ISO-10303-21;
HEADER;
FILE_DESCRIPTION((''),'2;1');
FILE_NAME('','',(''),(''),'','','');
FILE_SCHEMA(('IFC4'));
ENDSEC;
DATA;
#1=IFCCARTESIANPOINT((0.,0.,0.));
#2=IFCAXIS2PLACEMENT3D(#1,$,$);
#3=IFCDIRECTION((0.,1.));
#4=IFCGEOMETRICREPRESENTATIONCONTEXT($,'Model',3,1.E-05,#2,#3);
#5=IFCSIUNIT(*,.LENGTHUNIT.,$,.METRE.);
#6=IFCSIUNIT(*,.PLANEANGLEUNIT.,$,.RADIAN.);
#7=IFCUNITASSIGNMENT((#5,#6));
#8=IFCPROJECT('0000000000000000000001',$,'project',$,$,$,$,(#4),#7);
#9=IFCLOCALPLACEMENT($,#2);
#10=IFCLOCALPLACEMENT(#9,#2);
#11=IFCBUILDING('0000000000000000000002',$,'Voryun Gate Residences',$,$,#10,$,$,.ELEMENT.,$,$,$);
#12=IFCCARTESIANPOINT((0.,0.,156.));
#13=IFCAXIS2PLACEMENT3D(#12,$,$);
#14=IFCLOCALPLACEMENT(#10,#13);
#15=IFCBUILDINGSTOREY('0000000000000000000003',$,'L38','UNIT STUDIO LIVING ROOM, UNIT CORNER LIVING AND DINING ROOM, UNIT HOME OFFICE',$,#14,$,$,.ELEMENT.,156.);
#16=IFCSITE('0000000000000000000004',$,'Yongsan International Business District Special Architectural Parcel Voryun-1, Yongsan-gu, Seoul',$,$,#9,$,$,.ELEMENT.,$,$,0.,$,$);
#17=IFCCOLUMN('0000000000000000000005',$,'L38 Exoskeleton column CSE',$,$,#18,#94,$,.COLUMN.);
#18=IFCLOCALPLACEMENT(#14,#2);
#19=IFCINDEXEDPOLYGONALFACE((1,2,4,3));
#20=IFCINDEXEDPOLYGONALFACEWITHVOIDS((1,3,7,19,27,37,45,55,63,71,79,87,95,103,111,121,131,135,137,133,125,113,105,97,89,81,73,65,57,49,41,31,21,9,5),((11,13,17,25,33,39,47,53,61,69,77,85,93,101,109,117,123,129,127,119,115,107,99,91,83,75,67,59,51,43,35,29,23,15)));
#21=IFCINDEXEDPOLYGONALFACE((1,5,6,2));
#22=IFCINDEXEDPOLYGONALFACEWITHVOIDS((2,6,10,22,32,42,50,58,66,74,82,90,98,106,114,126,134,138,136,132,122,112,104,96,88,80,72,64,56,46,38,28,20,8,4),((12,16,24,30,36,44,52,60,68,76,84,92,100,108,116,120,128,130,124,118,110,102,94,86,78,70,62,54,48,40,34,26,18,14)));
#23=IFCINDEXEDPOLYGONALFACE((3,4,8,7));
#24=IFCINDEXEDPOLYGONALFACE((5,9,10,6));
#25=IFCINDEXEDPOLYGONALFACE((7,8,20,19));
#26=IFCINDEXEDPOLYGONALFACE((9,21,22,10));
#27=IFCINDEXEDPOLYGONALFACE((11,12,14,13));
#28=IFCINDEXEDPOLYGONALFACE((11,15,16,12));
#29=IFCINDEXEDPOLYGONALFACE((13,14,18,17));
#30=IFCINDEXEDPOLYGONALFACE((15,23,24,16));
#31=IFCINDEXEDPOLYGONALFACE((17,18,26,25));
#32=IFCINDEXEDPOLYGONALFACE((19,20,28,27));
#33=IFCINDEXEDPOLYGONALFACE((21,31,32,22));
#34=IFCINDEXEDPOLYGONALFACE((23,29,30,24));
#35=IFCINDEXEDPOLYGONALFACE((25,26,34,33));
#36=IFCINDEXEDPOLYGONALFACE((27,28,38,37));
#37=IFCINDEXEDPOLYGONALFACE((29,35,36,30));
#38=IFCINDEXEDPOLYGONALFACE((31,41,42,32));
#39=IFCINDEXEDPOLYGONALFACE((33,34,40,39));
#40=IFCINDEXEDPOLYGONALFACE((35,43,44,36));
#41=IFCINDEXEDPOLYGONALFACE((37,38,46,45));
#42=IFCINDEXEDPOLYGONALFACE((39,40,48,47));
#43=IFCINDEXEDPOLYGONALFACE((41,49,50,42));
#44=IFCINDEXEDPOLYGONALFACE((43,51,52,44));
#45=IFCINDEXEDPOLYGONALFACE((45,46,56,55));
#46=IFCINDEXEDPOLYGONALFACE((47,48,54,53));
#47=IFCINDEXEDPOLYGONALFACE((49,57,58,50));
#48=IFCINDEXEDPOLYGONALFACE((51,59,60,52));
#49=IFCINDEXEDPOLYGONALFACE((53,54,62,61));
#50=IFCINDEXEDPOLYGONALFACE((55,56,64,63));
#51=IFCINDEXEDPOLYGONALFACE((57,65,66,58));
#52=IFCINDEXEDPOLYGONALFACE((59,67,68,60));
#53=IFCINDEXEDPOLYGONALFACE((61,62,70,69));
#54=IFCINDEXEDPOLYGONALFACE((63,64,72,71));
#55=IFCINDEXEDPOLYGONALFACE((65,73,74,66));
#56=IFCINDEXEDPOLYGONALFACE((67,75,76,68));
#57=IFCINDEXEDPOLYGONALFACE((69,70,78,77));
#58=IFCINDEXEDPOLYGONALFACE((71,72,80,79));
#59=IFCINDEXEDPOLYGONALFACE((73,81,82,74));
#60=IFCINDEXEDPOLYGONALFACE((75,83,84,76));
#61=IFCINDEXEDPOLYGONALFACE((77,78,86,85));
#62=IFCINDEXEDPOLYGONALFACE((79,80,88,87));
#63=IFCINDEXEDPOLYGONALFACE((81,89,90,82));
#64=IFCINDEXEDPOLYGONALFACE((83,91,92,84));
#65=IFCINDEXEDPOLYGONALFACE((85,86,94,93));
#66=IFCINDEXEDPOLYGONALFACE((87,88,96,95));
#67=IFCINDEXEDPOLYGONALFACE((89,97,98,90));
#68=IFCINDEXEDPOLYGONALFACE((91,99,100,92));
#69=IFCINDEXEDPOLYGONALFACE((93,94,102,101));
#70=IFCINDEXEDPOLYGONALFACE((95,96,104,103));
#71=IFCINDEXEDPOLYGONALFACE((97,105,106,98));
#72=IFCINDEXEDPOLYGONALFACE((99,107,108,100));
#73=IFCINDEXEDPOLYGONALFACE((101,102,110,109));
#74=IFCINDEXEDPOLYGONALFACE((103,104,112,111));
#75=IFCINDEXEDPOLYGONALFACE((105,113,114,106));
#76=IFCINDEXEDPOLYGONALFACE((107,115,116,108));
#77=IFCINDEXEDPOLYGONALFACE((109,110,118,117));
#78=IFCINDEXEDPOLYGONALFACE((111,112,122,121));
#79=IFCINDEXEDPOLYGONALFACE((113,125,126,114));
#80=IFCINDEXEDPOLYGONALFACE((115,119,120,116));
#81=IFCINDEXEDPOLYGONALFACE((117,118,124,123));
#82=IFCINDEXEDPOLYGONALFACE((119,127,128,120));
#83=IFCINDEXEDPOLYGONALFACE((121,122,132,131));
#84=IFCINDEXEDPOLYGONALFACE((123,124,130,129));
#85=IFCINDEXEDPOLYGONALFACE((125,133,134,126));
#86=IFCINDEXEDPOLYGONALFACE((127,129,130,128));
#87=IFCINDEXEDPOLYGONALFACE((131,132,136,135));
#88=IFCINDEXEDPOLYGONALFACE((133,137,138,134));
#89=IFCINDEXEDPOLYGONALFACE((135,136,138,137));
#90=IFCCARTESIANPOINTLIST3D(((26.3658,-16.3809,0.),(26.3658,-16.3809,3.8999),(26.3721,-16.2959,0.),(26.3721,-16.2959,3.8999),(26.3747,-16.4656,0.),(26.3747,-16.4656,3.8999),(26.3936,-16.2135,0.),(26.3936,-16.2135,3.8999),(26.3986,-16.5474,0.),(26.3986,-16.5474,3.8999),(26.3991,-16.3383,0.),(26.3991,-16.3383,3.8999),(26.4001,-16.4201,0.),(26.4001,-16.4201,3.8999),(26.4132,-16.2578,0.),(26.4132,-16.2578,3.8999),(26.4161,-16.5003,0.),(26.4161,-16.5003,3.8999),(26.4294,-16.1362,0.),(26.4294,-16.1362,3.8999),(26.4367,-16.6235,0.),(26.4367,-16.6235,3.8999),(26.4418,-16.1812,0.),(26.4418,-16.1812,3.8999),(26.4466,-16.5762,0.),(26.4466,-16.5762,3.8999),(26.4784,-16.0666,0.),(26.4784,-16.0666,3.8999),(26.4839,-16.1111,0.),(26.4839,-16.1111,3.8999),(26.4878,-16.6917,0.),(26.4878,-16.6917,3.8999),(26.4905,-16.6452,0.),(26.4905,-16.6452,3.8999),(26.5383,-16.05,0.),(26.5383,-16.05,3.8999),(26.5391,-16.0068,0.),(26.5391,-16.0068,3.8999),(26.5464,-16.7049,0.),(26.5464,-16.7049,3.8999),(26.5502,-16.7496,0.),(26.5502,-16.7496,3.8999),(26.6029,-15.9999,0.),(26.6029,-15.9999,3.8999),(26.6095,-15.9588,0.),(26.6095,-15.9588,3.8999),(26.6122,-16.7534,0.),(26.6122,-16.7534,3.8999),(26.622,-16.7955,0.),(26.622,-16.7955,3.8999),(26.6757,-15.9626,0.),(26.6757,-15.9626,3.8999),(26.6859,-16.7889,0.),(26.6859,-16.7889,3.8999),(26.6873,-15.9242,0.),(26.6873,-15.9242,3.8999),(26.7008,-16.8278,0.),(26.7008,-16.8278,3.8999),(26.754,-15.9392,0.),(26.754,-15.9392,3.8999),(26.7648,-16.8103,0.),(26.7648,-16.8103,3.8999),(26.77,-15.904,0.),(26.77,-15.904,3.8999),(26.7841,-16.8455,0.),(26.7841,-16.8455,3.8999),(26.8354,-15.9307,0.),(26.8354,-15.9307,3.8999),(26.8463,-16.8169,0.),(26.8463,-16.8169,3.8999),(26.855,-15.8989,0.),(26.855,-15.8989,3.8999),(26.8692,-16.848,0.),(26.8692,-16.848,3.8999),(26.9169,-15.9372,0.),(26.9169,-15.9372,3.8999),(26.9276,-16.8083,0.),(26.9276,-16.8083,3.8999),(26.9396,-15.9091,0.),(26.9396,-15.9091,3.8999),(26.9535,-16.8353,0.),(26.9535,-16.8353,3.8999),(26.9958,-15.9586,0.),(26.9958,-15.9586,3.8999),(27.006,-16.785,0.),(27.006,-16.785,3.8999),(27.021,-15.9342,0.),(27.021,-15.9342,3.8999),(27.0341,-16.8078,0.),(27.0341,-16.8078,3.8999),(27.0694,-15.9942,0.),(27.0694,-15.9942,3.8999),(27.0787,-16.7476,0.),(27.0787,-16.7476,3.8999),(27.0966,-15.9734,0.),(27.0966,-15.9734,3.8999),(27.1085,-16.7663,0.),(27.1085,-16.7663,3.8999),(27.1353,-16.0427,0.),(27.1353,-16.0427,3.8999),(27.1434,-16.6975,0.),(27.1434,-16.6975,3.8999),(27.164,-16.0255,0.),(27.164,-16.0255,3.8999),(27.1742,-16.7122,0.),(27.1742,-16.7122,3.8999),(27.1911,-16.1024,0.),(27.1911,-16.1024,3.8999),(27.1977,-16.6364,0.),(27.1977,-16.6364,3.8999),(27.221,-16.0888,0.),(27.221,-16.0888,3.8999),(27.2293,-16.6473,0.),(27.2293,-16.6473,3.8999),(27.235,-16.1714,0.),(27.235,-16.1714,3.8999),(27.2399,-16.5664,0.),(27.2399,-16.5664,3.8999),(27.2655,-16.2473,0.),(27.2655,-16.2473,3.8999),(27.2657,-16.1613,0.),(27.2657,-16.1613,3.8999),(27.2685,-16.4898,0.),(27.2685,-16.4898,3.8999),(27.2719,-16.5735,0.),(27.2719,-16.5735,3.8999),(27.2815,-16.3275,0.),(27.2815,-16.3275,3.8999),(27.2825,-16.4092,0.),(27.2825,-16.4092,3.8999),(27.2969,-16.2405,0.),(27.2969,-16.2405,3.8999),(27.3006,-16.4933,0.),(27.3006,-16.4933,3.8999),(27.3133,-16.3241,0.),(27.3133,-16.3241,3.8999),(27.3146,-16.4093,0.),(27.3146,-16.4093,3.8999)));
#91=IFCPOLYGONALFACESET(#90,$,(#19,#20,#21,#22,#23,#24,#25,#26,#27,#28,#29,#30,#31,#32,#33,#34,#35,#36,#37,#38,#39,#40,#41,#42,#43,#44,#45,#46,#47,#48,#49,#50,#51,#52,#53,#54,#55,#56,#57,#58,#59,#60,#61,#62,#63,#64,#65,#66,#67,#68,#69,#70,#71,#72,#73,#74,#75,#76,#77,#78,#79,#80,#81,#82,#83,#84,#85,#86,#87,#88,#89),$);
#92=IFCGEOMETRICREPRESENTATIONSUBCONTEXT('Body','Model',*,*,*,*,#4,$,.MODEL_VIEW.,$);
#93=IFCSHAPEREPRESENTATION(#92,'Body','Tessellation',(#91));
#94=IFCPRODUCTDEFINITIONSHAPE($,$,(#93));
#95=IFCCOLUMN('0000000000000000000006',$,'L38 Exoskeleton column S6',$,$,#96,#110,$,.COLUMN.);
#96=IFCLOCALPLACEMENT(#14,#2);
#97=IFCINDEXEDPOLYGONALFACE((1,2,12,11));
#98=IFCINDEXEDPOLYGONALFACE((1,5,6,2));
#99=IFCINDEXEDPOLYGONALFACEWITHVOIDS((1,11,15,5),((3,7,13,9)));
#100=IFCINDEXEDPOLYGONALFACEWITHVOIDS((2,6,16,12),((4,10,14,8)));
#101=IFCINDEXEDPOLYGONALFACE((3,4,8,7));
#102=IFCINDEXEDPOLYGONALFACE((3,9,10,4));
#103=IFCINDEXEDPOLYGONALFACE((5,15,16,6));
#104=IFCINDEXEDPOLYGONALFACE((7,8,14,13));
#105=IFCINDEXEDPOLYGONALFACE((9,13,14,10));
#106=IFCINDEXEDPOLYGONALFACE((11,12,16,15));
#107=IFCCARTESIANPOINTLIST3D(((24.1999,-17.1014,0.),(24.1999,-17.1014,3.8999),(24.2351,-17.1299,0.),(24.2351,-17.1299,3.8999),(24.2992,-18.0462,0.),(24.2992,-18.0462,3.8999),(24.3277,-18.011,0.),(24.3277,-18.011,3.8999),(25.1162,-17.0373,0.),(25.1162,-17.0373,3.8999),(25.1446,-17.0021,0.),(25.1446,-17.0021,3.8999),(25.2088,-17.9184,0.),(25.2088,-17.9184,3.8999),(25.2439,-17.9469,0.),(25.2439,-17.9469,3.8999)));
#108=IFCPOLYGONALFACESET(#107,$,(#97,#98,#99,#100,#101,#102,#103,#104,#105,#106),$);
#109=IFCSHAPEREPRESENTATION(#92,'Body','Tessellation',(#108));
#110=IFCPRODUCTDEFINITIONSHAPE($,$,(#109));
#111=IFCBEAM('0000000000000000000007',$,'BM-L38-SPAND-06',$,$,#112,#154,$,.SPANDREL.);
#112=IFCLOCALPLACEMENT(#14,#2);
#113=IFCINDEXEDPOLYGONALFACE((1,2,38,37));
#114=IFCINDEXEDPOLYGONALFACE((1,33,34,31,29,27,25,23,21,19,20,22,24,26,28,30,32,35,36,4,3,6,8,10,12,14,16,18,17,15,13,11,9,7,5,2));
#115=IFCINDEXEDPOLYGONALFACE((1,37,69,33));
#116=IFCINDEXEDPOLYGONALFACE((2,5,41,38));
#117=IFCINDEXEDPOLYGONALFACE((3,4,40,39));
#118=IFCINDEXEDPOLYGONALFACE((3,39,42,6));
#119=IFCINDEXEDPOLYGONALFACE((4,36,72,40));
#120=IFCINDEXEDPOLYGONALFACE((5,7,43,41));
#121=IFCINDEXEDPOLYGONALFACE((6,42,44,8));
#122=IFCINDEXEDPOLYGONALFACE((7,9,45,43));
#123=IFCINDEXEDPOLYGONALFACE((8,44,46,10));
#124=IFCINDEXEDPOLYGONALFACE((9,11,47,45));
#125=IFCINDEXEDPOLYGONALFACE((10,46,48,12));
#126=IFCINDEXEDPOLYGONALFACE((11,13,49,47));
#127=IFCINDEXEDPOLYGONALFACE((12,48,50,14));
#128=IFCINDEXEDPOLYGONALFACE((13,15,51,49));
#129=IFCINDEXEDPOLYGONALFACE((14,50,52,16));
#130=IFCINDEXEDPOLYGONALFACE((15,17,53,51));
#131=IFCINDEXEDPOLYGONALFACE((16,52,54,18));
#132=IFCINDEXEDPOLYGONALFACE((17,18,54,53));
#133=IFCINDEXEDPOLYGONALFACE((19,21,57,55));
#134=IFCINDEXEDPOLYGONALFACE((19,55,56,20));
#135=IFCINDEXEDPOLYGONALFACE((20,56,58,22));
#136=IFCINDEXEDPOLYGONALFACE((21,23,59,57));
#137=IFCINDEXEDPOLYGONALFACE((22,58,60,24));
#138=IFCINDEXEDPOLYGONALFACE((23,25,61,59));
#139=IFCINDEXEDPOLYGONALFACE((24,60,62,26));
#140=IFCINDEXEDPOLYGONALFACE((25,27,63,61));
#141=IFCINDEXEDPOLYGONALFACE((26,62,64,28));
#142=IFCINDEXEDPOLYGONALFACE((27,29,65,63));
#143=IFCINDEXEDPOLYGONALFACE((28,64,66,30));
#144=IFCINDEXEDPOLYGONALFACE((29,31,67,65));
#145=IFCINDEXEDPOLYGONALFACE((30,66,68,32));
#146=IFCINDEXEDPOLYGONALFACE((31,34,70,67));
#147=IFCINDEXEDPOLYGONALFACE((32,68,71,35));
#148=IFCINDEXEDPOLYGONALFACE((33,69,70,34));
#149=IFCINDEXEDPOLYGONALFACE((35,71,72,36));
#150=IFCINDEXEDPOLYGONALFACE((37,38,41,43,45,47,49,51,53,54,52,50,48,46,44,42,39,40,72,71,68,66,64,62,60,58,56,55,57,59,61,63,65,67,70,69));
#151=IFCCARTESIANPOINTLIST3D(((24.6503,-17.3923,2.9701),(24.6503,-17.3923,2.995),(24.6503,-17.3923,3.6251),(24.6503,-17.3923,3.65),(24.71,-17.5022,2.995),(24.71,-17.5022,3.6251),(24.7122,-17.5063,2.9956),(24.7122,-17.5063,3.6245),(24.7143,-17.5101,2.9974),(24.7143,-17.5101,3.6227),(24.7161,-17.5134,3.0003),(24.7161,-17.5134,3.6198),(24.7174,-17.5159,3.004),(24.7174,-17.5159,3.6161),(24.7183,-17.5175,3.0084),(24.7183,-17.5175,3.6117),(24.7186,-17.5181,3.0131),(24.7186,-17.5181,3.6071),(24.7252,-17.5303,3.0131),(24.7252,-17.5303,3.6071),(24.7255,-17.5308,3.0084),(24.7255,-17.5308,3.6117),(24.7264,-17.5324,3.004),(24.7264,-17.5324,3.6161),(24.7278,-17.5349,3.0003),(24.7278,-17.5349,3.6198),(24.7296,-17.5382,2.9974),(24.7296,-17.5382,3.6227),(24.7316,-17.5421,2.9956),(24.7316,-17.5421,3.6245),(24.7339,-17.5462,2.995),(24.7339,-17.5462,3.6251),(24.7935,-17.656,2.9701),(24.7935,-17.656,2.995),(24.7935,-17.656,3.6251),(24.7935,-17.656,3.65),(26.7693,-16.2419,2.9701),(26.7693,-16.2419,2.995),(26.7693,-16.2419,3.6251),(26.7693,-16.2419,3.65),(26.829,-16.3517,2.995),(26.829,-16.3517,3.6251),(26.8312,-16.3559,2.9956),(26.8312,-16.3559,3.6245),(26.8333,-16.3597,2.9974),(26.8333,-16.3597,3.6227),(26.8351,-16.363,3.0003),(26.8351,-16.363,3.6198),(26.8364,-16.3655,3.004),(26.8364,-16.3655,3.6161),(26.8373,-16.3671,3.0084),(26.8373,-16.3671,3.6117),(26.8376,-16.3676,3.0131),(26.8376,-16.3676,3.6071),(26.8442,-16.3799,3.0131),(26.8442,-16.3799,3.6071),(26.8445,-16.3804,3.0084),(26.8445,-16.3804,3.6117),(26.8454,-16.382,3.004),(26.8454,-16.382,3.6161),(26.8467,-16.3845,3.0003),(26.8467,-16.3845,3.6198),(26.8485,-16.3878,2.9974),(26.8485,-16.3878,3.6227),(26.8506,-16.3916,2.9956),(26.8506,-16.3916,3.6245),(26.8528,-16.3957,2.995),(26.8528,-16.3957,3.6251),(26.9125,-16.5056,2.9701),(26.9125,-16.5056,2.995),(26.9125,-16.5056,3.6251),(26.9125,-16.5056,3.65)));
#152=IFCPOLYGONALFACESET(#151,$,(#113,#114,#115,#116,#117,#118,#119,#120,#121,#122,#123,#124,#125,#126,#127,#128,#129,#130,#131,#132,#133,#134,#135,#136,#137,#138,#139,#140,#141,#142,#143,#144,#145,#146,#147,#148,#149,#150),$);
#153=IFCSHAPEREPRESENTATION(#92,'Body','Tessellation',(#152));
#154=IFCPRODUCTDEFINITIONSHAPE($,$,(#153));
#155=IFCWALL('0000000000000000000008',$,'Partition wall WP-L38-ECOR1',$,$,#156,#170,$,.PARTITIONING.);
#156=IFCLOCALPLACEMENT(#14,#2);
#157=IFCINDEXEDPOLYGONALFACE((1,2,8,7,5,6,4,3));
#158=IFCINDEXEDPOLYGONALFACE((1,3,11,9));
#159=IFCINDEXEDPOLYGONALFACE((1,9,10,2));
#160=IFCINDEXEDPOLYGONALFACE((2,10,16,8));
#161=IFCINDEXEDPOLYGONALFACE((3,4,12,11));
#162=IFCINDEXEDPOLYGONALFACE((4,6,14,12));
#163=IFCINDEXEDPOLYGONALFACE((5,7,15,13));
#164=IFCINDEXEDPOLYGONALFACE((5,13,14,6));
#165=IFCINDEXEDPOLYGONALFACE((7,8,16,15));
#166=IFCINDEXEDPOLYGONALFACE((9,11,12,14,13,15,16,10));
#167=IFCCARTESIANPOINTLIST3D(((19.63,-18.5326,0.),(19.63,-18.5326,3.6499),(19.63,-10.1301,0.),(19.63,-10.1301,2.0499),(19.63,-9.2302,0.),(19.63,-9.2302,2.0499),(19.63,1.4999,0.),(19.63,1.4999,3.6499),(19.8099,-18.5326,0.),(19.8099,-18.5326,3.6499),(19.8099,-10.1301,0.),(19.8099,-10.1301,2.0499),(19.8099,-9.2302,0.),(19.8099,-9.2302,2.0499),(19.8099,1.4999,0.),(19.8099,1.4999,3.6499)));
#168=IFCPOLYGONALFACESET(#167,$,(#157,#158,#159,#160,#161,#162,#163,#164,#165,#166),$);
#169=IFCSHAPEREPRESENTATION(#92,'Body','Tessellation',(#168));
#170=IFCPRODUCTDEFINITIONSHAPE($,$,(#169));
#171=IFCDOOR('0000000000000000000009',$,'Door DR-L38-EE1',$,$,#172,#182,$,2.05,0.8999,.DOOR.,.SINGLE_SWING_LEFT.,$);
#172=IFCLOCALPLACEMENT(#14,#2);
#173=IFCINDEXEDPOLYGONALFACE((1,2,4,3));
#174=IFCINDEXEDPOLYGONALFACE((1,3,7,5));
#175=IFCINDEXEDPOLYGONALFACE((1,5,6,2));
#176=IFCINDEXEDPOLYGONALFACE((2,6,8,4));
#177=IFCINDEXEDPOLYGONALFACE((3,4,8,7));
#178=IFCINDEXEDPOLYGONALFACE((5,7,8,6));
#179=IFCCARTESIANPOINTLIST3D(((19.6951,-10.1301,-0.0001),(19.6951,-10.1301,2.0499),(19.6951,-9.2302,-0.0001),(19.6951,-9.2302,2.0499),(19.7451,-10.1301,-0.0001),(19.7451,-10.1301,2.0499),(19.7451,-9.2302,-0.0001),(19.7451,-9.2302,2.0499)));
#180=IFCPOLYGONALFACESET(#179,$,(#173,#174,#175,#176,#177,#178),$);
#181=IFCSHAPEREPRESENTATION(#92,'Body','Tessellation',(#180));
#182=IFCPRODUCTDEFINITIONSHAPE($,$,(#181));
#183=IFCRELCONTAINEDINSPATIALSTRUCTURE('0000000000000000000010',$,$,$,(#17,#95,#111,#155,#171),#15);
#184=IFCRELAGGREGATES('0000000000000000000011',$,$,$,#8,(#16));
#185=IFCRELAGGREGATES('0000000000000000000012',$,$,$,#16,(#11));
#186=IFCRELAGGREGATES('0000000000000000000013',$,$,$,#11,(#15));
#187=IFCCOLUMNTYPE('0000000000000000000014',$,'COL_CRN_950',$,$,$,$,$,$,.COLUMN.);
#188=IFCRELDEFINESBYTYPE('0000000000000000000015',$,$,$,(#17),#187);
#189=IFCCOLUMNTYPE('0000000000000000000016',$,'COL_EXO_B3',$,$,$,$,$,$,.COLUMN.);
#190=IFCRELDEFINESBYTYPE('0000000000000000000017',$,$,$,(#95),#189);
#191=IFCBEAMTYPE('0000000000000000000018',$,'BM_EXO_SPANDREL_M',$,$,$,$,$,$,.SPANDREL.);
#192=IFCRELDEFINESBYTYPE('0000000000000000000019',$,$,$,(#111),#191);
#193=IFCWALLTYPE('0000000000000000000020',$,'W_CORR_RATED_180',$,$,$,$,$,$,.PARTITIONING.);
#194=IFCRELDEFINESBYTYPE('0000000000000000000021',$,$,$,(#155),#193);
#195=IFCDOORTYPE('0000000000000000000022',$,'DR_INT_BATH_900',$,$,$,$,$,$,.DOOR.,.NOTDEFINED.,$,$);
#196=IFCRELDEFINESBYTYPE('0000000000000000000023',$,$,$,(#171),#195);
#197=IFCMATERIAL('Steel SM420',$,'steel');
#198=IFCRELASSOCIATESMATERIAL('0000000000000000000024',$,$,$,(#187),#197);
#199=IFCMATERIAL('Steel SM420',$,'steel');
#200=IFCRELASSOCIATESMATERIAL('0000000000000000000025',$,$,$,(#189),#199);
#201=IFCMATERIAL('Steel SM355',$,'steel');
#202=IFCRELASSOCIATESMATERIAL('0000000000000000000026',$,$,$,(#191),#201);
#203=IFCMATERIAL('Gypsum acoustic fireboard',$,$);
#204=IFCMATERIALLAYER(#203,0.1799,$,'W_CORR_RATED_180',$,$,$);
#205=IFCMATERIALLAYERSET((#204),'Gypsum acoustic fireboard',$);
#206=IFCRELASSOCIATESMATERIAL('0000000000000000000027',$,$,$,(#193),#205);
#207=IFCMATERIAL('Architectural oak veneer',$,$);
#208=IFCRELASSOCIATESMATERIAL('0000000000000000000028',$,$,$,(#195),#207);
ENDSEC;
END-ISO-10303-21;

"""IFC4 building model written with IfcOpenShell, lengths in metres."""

from ifc_helpers import new_model, si_unit, direction, frame, frame_2d, origin, origin_2d, place, context, subcontext, project, spatial, rectangle, hollow_rectangle, hollow_circle, i_section, extrude, material, layer, layer_set, material_profile, profile_set, type_object, element, fill, save


model = new_model("IFC4")

# Units and contexts
model_context = context("Model", 3, precision=1e-05, world=origin(), true_north=direction((0.0, 1.0)))
body_context = subcontext(model_context, "Body", "Model", "MODEL_VIEW")
ifc_project = project(units=[si_unit("LENGTHUNIT", "METRE"), si_unit("PLANEANGLEUNIT", "RADIAN")], contexts=[model_context])

# Site, building, storey
site_placement = place(None, origin())
site = spatial("IfcSite", under=ifc_project, at=site_placement, Name="Yongsan International Business District Special Architectural Parcel Voryun-1, Yongsan-gu, Seoul", CompositionType="ELEMENT", RefElevation=0.0)
building_placement = place(site_placement, origin())
building = spatial("IfcBuilding", under=site, at=building_placement, Name="Voryun Gate Residences", CompositionType="ELEMENT")
storey_placement = place(building_placement, frame((0.0, 0.0, 156.0)))
storey = spatial("IfcBuildingStorey", under=building, at=storey_placement, Name="L38", Description="UNIT STUDIO LIVING ROOM, UNIT CORNER LIVING AND DINING ROOM, UNIT HOME OFFICE", CompositionType="ELEMENT", Elevation=156.0)

# Columns
ifc_material_1 = material(Name="Steel SM420", Category="steel")
ifc_material_profile_1 = material_profile(ifc_material_1, hollow_circle(Radius=0.4751, WallThickness=0.032, at=origin_2d()), Name="CHS-950x32")
ifc_profile_set_1 = profile_set([ifc_material_profile_1], Name="Steel SM420")
column_type_1 = type_object("IfcColumnType", Name="COL_CRN_950", PredefinedType="COLUMN", material=ifc_profile_set_1)
column_1_placement = place(storey_placement, frame((26.8408, -16.3738, 0.0), z_axis=(0.0, 0.0, 1.0), x_axis=(0.994522, 0.104528, 0.0)))
element("IfcColumn", 1, at=column_1_placement, inside=storey, type_object=column_type_1, Name="L38 Exoskeleton column CSE", PredefinedType="COLUMN", context=body_context, shape_type="SweptSolid", body=[
    extrude(hollow_circle(Radius=0.4751, WallThickness=0.032, at=origin_2d()), origin(), (0.0, 0.0, 1.0), 3.8999),
])
ifc_material_2 = material(Name="Steel SM420", Category="steel")
ifc_material_profile_2 = material_profile(ifc_material_2, hollow_rectangle(XDim=0.95, YDim=0.95, WallThickness=0.032, at=origin_2d()), Name="BOX-950x950x32")
ifc_profile_set_2 = profile_set([ifc_material_profile_2], Name="Steel SM420")
column_type_2 = type_object("IfcColumnType", Name="COL_EXO_B3", PredefinedType="COLUMN", material=ifc_profile_set_2)
column_2_placement = place(storey_placement, frame((24.7219, -17.5242, 0.0), z_axis=(0.0, 0.0, 1.0), x_axis=(0.994522, 0.104528, 0.0)))
element("IfcColumn", 2, at=column_2_placement, inside=storey, type_object=column_type_2, Name="L38 Exoskeleton column S6", PredefinedType="COLUMN", context=body_context, shape_type="SweptSolid", body=[
    extrude(hollow_rectangle(XDim=0.95, YDim=0.95, WallThickness=0.032, at=origin_2d()), origin(), (0.0, 0.0, 1.0), 3.8999),
])

# Beam
ifc_material_3 = material(Name="Steel SM355", Category="steel")
ifc_material_profile_3 = material_profile(ifc_material_3, i_section(OverallWidth=0.3, OverallDepth=0.6799, WebThickness=0.0139, FlangeThickness=0.0249, FilletRadius=0.0181, at=origin_2d()), Name="H-680x300x14x25")
ifc_profile_set_3 = profile_set([ifc_material_profile_3], Name="Steel SM355")
beam_type = type_object("IfcBeamType", Name="BM_EXO_SPANDREL_M", PredefinedType="SPANDREL", material=ifc_profile_set_3)
beam_placement = place(storey_placement, frame((24.7219, -17.5242, 3.3101), z_axis=(0.87883, 0.477134, 0.0), x_axis=(-0.477134, 0.87883, 0.0)))
element("IfcBeam", 3, at=beam_placement, inside=storey, type_object=beam_type, Name="BM-L38-SPAND-06", PredefinedType="SPANDREL", context=body_context, shape_type="SweptSolid", body=[
    extrude(i_section(OverallWidth=0.3, OverallDepth=0.6799, WebThickness=0.0139, FlangeThickness=0.0249, FilletRadius=0.0181, at=origin_2d()), origin(), (0.0, 0.0, 1.0), 2.4111),
])

# Wall, opening, door
ifc_material_4 = material(Name="Gypsum acoustic fireboard")
ifc_layer_1 = layer(ifc_material_4, 0.1799, Name="W_CORR_RATED_180")
ifc_layer_set_1 = layer_set([ifc_layer_1], Name="Gypsum acoustic fireboard")
wall_type_1 = type_object("IfcWallType", Name="W_CORR_RATED_180", PredefinedType="PARTITIONING", material=ifc_layer_set_1)
wall_1_placement = place(storey_placement, frame((19.72, -18.5325, 0.0), z_axis=(0.0, 0.0, 1.0), x_axis=(0.0, 1.0, 0.0)))
wall_1 = element("IfcWall", 4, at=wall_1_placement, inside=storey, type_object=wall_type_1, Name="Partition wall WP-L38-ECOR1", PredefinedType="PARTITIONING", context=body_context, shape_type="SweptSolid", body=[
    extrude(rectangle(XDim=20.0325, YDim=0.1799, at=frame_2d((10.0161, 0.0))), origin(), (0.0, 0.0, 1.0), 3.6499),
])
opening_1_placement = place(wall_1_placement, frame((8.4023, 0.0, 0.0)))
opening_1 = element("IfcOpeningElement", 5, at=opening_1_placement, cuts=wall_1, PredefinedType="OPENING", context=body_context, shape_type="SweptSolid", body=[
    extrude(rectangle(XDim=0.8999, YDim=2.05, at=frame_2d((0.45, 1.0249))), frame((0.0, 0.0999, 0.0), z_axis=(0.0, -1.0, 0.0), x_axis=(1.0, 0.0, 0.0)), (0.0, 0.0, 1.0), 0.2),
])
ifc_material_5 = material(Name="Architectural oak veneer")
door_type = type_object("IfcDoorType", Name="DR_INT_BATH_900", OperationType="NOTDEFINED", PredefinedType="DOOR", material=ifc_material_5)
door_1_placement = place(opening_1_placement, origin())
door_1 = element("IfcDoor", 6, at=door_1_placement, inside=storey, type_object=door_type, Name="Door DR-L38-EE1", OperationType="SINGLE_SWING_LEFT", OverallHeight=2.05, OverallWidth=0.8999, PredefinedType="DOOR", context=body_context, shape_type="SweptSolid", body=[
    extrude(rectangle(XDim=0.8999, YDim=2.05, at=frame_2d((0.45, 1.0249))), frame((0.0, 0.0249, 0.0), z_axis=(0.0, -1.0, 0.0), x_axis=(1.0, 0.0, 0.0)), (0.0, 0.0, 1.0), 0.05),
])
fill(opening_1, door_1)

save(model, "model.ifc")
